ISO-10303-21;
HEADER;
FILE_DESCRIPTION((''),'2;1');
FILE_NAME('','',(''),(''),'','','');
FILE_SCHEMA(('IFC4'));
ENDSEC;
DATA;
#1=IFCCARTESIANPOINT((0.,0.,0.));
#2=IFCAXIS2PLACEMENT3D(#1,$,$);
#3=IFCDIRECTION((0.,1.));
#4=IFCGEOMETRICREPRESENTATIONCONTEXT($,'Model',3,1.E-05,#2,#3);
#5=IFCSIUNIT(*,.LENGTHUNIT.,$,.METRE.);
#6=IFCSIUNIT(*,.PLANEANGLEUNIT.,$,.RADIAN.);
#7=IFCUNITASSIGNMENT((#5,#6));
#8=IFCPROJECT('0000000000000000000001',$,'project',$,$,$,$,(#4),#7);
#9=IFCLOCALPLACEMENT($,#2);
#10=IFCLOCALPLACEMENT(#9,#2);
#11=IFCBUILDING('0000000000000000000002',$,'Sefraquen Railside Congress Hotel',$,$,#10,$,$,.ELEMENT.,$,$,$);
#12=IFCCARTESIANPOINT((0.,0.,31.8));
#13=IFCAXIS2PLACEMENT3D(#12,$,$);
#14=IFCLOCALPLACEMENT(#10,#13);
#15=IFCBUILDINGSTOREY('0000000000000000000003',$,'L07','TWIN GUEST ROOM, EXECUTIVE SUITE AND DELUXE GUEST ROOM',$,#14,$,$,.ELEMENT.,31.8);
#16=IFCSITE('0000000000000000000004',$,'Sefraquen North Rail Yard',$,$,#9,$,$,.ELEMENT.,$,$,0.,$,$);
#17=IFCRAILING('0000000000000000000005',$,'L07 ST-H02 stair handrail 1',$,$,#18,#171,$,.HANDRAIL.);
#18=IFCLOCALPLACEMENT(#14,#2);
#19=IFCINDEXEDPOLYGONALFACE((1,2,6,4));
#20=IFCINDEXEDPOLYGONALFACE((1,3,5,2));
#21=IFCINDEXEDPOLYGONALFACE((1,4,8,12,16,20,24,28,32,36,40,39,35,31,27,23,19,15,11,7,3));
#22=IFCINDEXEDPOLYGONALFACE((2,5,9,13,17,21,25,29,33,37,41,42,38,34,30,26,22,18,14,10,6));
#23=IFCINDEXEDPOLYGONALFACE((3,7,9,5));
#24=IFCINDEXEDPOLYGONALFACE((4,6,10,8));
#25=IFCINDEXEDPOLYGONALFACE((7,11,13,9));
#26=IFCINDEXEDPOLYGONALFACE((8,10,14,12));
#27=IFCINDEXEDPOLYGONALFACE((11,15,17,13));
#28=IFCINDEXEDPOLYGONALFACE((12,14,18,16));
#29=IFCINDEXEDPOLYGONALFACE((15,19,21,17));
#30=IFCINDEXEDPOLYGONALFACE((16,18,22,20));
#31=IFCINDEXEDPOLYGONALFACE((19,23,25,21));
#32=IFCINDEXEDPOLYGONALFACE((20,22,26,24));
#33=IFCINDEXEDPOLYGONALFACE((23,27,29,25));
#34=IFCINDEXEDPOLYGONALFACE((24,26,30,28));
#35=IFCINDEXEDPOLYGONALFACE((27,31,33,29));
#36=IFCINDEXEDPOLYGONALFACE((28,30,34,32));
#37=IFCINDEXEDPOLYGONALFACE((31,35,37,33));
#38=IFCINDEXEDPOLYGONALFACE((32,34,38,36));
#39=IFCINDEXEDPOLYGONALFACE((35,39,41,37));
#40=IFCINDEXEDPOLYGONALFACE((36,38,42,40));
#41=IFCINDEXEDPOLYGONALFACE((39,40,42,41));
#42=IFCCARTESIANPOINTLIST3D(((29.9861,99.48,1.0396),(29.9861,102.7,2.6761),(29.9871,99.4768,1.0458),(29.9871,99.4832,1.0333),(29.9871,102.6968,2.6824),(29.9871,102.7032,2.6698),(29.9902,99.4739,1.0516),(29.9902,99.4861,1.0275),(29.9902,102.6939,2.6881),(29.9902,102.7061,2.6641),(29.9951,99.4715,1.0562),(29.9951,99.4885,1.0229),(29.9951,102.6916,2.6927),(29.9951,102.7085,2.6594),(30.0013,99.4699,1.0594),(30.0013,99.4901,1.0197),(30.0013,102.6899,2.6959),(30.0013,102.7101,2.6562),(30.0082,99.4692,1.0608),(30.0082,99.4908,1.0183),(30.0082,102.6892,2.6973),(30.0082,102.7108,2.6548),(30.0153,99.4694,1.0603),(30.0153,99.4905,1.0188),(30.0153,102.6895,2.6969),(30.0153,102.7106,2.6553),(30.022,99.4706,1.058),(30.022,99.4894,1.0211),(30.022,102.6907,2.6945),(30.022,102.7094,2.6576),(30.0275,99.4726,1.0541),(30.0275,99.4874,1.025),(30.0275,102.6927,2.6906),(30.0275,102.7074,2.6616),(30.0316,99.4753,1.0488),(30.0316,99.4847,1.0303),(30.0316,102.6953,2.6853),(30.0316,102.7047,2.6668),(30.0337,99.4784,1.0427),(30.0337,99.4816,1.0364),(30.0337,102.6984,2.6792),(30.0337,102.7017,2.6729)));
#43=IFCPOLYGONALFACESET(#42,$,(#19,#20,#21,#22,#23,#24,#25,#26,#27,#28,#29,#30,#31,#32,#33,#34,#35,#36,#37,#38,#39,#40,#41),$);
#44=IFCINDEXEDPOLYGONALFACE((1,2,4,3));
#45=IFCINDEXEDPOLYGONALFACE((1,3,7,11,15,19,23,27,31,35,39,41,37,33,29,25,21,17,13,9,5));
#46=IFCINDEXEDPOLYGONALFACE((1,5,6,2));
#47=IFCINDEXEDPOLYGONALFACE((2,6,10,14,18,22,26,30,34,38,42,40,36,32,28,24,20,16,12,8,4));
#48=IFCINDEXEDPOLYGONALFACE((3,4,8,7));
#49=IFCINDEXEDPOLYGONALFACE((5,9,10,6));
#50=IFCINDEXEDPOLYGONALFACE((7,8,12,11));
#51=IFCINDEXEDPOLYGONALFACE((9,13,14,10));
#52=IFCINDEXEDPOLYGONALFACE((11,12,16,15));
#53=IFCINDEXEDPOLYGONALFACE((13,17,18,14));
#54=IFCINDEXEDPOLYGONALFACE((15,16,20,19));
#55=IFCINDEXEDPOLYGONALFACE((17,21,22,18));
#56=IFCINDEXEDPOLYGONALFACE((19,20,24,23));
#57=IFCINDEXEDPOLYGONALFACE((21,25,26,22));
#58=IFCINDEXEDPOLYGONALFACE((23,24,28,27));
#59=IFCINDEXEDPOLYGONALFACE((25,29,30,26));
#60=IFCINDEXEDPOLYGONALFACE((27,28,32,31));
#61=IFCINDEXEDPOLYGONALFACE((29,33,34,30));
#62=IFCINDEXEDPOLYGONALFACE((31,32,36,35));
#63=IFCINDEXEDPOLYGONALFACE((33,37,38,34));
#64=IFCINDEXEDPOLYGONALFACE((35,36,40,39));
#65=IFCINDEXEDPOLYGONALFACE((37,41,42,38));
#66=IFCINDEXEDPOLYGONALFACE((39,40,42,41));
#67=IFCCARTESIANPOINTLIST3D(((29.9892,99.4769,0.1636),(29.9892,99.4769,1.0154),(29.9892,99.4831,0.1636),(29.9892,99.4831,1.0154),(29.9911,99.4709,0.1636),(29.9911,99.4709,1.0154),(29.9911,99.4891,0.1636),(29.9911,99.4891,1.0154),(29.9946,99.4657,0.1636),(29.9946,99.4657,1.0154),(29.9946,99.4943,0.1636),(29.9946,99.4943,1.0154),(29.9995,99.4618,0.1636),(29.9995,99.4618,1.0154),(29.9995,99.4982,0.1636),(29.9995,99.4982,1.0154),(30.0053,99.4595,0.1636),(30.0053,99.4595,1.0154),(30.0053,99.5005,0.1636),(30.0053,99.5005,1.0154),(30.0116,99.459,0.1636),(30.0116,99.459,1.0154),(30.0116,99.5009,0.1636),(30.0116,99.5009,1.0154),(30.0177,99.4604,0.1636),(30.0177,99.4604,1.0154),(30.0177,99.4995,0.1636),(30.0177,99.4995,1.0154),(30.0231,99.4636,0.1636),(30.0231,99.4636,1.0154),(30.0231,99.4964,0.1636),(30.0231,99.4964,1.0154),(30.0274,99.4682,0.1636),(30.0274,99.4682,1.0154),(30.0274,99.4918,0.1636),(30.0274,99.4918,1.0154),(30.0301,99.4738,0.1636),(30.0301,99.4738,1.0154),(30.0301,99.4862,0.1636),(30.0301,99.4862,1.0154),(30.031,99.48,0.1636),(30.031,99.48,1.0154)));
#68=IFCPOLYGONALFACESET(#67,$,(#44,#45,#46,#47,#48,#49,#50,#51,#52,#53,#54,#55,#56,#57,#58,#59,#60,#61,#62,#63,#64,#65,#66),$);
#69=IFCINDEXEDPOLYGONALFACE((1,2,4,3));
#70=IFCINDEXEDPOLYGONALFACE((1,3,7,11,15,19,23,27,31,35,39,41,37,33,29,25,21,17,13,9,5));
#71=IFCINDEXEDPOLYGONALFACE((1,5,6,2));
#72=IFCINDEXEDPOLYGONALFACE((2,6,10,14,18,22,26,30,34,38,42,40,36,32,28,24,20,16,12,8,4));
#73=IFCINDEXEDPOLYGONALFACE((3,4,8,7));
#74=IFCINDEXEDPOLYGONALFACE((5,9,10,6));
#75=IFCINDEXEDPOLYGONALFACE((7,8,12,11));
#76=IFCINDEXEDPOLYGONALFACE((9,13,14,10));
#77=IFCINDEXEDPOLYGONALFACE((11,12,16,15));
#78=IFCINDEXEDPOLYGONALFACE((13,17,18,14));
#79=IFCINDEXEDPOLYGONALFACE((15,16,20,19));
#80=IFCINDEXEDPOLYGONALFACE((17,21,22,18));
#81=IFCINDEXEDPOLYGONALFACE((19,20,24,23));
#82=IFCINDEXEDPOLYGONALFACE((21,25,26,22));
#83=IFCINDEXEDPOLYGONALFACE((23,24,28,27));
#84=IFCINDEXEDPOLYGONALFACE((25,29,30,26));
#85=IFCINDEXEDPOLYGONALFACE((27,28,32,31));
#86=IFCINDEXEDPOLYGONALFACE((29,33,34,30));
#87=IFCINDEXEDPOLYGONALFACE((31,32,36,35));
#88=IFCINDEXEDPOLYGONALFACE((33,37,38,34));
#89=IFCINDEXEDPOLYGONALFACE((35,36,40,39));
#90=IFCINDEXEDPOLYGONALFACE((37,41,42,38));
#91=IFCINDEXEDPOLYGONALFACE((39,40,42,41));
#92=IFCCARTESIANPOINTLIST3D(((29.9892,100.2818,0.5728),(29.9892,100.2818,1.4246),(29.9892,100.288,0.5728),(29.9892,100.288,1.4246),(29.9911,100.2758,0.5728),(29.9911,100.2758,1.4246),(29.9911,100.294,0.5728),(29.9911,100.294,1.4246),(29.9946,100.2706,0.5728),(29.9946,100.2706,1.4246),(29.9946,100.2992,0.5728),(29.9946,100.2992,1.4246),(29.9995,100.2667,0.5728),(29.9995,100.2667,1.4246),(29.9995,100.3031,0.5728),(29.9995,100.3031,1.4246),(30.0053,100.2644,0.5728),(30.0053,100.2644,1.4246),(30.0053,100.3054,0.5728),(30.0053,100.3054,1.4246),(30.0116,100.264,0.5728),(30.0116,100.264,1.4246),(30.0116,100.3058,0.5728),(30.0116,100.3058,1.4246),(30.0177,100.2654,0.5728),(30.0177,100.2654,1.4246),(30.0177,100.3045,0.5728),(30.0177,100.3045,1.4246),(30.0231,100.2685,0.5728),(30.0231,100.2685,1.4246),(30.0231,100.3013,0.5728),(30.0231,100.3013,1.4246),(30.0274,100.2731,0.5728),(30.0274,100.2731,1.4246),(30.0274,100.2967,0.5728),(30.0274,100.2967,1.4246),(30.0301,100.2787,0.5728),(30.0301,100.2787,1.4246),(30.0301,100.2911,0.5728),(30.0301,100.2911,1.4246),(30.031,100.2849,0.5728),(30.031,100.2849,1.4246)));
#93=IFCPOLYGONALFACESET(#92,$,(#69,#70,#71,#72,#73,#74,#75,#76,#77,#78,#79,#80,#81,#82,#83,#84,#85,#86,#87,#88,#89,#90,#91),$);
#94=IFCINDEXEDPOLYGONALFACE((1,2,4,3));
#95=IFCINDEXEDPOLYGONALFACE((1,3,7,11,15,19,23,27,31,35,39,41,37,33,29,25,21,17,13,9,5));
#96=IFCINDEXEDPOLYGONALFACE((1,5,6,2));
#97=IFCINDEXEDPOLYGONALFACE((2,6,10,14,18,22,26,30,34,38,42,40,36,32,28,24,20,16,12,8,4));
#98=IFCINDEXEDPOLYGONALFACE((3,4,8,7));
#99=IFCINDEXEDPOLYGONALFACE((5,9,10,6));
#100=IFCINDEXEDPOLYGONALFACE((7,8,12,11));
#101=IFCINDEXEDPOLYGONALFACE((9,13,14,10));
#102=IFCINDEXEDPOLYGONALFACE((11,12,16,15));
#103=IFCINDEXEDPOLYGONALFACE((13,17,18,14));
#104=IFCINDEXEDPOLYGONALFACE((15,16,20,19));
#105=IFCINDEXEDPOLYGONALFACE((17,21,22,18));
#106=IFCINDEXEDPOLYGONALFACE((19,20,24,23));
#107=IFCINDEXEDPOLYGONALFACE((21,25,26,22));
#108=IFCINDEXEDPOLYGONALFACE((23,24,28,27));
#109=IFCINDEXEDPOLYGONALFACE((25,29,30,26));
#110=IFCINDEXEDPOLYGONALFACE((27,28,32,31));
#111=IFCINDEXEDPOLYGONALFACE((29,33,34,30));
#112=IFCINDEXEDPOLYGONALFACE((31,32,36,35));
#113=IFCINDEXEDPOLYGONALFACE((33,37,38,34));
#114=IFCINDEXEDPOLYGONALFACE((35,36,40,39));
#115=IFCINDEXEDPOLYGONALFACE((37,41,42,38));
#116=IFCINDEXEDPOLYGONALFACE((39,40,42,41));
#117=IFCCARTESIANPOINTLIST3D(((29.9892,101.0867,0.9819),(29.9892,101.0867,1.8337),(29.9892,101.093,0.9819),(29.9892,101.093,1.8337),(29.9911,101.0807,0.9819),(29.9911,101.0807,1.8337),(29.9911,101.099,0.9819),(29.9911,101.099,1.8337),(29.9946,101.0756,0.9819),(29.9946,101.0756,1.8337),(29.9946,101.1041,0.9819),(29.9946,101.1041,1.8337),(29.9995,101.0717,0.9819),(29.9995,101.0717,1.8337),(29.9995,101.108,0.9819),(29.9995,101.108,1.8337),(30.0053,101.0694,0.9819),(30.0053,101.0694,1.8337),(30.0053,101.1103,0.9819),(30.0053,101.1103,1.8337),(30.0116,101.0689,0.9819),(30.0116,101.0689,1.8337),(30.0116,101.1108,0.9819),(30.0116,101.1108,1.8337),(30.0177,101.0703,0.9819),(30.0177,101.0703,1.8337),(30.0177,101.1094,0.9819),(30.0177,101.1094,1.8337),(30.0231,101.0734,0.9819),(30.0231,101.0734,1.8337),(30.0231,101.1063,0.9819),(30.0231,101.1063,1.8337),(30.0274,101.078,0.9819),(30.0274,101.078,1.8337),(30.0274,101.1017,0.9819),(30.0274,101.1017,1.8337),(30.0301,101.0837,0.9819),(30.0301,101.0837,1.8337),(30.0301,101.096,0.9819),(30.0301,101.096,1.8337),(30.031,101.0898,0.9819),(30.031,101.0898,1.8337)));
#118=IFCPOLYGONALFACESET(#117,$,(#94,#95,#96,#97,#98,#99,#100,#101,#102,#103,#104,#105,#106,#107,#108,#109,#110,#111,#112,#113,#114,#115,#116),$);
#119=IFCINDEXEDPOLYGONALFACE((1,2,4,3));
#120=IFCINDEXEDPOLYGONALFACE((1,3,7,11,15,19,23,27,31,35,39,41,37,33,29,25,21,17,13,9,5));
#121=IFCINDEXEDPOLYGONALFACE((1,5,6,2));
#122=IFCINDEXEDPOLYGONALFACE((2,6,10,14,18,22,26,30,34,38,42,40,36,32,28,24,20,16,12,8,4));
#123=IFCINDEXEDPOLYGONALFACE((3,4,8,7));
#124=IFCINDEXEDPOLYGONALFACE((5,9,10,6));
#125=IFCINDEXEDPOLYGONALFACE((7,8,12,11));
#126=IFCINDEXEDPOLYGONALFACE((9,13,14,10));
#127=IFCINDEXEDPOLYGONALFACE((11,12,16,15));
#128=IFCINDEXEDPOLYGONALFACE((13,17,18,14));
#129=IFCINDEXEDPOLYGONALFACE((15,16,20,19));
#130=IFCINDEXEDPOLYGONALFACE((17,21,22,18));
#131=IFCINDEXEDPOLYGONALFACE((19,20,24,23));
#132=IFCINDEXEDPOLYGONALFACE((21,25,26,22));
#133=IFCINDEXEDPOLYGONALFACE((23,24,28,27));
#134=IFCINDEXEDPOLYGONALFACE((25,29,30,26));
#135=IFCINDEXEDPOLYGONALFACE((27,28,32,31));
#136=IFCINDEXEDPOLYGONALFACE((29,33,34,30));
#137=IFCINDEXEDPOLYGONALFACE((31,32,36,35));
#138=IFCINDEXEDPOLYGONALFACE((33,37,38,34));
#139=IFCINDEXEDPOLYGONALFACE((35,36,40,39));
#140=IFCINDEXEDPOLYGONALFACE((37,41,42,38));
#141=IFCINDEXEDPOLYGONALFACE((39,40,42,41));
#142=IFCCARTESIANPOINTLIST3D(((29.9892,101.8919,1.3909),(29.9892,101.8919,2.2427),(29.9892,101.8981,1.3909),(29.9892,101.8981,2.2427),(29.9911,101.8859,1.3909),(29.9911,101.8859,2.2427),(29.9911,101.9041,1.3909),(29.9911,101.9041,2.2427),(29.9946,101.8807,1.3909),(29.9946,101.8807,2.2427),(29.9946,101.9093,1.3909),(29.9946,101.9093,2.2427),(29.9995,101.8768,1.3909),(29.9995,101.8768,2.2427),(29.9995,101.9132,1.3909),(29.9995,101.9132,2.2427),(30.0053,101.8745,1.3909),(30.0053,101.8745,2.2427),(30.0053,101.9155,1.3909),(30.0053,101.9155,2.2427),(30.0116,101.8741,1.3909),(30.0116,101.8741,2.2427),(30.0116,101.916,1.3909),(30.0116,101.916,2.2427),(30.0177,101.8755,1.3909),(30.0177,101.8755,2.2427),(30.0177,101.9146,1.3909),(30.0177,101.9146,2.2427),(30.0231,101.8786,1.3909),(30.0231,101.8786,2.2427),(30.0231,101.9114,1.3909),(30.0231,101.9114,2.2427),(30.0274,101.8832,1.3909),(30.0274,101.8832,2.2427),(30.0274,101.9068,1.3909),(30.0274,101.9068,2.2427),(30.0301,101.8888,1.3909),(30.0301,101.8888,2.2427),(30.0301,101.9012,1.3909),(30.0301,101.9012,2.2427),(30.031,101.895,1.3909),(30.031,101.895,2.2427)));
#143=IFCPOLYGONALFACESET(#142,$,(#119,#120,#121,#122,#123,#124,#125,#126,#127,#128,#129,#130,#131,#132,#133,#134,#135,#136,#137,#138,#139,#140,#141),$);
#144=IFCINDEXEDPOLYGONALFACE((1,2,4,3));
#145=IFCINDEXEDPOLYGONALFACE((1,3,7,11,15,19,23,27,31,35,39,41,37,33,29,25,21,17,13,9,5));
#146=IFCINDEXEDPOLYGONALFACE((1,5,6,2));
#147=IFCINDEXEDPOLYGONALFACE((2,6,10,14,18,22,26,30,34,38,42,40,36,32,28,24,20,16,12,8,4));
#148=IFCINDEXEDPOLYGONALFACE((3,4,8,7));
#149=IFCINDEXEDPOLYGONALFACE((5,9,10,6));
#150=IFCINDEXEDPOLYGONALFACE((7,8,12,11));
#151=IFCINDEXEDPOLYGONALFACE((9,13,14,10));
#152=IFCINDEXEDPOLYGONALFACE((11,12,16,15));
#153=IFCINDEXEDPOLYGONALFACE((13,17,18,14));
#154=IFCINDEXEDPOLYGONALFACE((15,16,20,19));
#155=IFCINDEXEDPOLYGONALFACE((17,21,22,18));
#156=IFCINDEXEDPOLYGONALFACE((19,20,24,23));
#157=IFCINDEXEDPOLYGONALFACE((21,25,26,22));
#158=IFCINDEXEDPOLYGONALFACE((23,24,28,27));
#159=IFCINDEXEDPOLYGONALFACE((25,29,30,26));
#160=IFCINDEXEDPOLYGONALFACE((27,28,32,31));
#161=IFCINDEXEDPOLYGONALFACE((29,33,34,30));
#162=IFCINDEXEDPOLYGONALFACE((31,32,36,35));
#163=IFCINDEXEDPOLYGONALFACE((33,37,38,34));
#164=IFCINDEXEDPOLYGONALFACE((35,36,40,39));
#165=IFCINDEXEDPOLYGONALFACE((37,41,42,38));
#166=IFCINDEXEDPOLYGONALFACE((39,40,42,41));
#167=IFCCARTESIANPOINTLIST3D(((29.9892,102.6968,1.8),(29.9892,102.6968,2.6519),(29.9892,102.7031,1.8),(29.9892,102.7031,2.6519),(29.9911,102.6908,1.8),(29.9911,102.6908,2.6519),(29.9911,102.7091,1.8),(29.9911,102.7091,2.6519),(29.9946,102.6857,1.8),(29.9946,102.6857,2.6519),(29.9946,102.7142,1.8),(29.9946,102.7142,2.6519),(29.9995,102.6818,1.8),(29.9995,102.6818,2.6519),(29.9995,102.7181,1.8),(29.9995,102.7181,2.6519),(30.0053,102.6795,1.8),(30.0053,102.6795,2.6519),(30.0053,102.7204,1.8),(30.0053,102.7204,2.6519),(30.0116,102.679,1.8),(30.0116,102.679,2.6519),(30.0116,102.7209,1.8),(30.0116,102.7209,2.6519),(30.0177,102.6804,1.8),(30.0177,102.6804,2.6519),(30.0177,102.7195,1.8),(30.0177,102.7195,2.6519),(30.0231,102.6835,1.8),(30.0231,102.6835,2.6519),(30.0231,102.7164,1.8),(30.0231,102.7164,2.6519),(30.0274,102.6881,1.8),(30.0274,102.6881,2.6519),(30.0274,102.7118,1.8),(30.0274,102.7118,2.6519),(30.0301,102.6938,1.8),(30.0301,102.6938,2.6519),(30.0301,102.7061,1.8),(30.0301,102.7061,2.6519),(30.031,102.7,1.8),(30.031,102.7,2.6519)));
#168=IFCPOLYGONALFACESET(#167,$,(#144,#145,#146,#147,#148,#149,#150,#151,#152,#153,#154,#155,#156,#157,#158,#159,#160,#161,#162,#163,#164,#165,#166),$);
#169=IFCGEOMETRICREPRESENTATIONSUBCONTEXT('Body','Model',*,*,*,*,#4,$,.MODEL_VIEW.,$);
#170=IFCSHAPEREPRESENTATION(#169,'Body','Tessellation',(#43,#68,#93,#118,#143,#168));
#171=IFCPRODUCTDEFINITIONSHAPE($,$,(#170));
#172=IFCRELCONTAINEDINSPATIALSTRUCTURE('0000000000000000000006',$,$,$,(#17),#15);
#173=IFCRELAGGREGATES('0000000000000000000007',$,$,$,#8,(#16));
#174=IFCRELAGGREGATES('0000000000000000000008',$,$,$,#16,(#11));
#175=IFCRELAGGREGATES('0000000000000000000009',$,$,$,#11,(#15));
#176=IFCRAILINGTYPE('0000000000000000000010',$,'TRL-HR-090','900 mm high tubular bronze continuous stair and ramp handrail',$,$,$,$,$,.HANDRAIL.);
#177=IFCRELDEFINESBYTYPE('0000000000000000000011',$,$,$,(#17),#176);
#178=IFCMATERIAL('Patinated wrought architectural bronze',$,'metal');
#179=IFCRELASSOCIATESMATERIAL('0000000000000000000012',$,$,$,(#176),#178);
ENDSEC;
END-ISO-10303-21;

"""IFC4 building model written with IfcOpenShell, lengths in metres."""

from ifc_helpers import new_model, si_unit, direction, frame, origin, origin_2d, place, context, subcontext, project, spatial, circle, extrude, material, type_object, element, save


model = new_model("IFC4")

# Units and contexts
model_context = context("Model", 3, precision=1e-05, world=origin(), true_north=direction((0.0, 1.0)))
body_context = subcontext(model_context, "Body", "Model", "MODEL_VIEW")
ifc_project = project(units=[si_unit("LENGTHUNIT", "METRE"), si_unit("PLANEANGLEUNIT", "RADIAN")], contexts=[model_context])

# Site, building, storey
site_placement = place(None, origin())
site = spatial("IfcSite", under=ifc_project, at=site_placement, Name="Sefraquen North Rail Yard", CompositionType="ELEMENT", RefElevation=0.0)
building_placement = place(site_placement, origin())
building = spatial("IfcBuilding", under=site, at=building_placement, Name="Sefraquen Railside Congress Hotel", CompositionType="ELEMENT")
storey_placement = place(building_placement, frame((0.0, 0.0, 31.8)))
storey = spatial("IfcBuildingStorey", under=building, at=storey_placement, Name="L07", Description="TWIN GUEST ROOM, EXECUTIVE SUITE AND DELUXE GUEST ROOM", CompositionType="ELEMENT", Elevation=31.8)

# Railing
ifc_material_1 = material(Name="Patinated wrought architectural bronze", Category="metal")
railing_type_1 = type_object("IfcRailingType", Name="TRL-HR-090", Description="900 mm high tubular bronze continuous stair and ramp handrail", PredefinedType="HANDRAIL", material=ifc_material_1)
railing_1_placement = place(storey_placement, frame((30.01, 99.48, 0.1636)))
element("IfcRailing", 1, at=railing_1_placement, inside=storey, type_object=railing_type_1, Name="L07 ST-H02 stair handrail 1", PredefinedType="HANDRAIL", context=body_context, shape_type="SweptSolid", body=[
    extrude(circle(Radius=0.0239, at=origin_2d()), frame((0.0, 0.0, 0.876), z_axis=(0.0, 0.891474, 0.453071), x_axis=(-1.0, 0.0, 0.0)), (0.0, 0.0, 1.0), 3.6121),
    extrude(circle(Radius=0.021, at=origin_2d()), origin(), (0.0, 0.0, 1.0), 0.8518),
    extrude(circle(Radius=0.021, at=origin_2d()), frame((0.0, 0.8049, 0.4092)), (0.0, 0.0, 1.0), 0.8518),
    extrude(circle(Radius=0.021, at=origin_2d()), frame((0.0, 1.6099, 0.8184)), (0.0, 0.0, 1.0), 0.8518),
    extrude(circle(Radius=0.021, at=origin_2d()), frame((0.0, 2.415, 1.2273)), (0.0, 0.0, 1.0), 0.8518),
    extrude(circle(Radius=0.021, at=origin_2d()), frame((0.0, 3.22, 1.6365)), (0.0, 0.0, 1.0), 0.8518),
])

save(model, "model.ifc")
